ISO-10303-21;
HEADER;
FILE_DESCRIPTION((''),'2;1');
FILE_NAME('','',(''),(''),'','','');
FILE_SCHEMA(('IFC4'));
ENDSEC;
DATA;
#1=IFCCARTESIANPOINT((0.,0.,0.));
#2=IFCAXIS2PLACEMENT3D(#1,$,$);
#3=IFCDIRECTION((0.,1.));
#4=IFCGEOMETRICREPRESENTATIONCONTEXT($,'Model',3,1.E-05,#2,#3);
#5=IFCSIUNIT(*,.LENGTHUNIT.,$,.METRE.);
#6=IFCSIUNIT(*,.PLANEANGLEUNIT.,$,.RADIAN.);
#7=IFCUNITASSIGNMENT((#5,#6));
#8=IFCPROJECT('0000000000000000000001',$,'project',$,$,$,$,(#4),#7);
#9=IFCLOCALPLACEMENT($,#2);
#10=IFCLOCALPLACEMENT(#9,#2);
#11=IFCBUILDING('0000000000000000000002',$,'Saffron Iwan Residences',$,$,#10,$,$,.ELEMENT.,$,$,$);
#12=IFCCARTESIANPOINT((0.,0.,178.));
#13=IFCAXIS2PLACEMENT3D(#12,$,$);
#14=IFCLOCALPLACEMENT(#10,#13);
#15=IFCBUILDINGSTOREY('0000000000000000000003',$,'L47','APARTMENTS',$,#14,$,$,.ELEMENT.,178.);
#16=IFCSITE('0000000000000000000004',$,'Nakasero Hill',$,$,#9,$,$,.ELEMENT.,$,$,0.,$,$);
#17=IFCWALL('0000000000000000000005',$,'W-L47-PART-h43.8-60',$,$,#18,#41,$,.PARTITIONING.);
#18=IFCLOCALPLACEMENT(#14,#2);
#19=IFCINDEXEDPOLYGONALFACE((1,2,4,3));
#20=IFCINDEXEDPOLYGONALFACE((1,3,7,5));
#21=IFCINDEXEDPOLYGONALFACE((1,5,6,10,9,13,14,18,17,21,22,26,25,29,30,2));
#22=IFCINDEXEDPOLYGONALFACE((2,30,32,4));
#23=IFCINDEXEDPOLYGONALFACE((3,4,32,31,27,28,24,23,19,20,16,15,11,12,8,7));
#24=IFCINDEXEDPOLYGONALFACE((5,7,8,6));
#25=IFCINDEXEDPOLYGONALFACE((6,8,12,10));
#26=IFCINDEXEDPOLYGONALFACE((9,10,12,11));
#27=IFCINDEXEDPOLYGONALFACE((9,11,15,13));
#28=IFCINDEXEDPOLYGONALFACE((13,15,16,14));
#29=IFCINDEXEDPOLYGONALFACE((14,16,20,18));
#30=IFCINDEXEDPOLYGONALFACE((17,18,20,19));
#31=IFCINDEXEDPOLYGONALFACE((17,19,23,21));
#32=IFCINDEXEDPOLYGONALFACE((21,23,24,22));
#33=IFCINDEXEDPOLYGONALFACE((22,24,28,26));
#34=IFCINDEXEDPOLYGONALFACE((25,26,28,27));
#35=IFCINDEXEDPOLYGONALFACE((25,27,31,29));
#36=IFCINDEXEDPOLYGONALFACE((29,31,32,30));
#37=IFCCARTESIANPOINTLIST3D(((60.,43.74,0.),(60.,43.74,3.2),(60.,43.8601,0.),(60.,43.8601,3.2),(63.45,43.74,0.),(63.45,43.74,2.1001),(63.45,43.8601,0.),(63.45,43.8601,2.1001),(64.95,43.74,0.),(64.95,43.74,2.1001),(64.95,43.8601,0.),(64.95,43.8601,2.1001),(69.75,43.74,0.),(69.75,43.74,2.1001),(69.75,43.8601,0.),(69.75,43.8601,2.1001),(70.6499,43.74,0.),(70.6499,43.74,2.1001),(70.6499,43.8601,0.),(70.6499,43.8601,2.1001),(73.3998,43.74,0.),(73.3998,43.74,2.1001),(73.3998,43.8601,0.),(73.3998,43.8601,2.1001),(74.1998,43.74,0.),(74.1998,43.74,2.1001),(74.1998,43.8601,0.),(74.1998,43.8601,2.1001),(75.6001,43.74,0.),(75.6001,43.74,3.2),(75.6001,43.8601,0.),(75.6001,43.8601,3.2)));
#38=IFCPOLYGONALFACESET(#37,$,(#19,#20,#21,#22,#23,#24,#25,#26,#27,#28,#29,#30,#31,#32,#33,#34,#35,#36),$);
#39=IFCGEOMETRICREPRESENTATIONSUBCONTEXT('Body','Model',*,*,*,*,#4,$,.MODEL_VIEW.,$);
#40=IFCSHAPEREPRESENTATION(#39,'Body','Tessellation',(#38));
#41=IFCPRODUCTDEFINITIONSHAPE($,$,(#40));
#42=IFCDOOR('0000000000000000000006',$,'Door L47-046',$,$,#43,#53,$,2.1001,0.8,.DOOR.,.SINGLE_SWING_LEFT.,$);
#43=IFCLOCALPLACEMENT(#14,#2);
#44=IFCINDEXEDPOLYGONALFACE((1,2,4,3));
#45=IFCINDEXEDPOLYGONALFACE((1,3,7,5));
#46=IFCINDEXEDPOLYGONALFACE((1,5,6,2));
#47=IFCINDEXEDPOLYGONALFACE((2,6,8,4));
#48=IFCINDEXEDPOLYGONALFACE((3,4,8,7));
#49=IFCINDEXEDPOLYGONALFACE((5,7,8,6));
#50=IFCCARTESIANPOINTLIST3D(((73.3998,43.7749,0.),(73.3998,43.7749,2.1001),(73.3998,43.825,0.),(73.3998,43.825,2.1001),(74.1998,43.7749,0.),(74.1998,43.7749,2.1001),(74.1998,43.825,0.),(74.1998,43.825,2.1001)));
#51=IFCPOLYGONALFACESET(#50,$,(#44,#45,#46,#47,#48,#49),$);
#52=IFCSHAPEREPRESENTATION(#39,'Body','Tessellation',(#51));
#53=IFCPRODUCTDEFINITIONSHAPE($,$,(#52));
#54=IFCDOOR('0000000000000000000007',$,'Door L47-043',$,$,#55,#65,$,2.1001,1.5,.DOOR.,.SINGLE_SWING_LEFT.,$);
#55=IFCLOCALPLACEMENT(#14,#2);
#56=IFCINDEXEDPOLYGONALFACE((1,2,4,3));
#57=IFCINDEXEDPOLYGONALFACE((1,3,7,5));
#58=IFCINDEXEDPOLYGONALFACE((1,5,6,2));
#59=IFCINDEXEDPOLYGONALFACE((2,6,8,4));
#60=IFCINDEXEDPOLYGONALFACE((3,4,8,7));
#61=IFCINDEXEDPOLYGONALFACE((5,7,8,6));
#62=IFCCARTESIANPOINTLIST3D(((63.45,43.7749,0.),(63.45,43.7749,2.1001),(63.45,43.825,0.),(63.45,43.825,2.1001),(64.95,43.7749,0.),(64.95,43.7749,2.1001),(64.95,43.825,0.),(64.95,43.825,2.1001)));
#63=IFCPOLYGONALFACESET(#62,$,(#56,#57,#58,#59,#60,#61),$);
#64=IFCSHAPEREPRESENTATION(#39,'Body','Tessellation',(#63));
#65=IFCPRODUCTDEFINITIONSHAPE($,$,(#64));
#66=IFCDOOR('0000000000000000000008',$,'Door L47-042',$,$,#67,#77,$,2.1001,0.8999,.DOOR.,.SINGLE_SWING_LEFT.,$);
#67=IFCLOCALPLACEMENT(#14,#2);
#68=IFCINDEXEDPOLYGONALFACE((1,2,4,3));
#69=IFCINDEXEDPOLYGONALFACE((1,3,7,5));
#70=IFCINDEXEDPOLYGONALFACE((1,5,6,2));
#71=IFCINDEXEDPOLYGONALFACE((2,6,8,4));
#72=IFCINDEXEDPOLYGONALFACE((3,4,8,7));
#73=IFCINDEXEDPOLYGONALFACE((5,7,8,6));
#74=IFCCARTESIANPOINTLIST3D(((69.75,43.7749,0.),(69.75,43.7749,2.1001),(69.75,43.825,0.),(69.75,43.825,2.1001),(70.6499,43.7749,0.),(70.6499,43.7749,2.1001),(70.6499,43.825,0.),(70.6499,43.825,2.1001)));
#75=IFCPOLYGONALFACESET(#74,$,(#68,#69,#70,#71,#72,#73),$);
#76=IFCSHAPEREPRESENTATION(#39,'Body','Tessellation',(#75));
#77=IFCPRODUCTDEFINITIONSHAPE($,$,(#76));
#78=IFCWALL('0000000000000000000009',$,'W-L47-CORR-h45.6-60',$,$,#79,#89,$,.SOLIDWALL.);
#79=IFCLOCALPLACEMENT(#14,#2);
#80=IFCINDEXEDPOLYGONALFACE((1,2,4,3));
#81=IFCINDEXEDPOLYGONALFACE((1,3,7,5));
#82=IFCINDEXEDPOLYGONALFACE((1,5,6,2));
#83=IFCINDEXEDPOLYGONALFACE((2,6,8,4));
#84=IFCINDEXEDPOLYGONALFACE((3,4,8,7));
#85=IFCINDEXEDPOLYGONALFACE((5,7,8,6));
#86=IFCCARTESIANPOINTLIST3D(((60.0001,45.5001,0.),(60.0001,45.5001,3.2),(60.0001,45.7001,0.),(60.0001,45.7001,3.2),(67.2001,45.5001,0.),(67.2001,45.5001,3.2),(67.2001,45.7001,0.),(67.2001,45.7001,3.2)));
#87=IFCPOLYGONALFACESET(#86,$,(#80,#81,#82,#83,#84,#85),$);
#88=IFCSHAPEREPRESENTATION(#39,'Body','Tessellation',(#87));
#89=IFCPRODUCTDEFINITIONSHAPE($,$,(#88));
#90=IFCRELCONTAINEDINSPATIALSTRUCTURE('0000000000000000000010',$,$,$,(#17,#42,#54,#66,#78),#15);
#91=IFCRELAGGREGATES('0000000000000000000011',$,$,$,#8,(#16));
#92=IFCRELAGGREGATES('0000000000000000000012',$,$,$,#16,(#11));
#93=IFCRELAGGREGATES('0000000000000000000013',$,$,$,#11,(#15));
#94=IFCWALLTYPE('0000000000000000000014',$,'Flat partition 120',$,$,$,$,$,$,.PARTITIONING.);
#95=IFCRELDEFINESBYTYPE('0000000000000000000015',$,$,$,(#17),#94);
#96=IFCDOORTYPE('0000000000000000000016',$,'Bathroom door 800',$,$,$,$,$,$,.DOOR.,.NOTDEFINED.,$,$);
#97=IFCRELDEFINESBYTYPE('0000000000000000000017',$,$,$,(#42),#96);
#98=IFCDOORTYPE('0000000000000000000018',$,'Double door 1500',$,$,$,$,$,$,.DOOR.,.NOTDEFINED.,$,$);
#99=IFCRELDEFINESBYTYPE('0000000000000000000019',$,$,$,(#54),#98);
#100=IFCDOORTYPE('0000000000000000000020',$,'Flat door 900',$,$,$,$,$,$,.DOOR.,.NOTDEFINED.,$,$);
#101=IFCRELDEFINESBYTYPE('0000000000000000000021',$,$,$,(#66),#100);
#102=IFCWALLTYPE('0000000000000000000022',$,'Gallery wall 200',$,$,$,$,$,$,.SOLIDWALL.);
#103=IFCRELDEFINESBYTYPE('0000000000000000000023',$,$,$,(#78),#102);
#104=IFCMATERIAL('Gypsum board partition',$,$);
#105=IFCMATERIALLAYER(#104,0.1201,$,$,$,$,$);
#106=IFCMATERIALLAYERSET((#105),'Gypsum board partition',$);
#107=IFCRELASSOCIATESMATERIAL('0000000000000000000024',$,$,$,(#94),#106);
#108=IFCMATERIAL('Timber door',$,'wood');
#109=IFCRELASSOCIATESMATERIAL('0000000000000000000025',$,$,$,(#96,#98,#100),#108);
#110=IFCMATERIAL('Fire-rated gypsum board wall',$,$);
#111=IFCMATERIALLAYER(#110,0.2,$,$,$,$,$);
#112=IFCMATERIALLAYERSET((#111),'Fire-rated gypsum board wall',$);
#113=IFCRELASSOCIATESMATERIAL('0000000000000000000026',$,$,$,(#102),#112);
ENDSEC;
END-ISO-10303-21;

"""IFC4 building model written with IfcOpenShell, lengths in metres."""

from ifc_helpers import new_model, si_unit, direction, frame, frame_2d, origin, place, context, subcontext, project, spatial, rectangle, extrude, material, layer, layer_set, type_object, element, fill, save


model = new_model("IFC4")

# Units and contexts
model_context = context("Model", 3, precision=1e-05, world=origin(), true_north=direction((0.0, 1.0)))
body_context = subcontext(model_context, "Body", "Model", "MODEL_VIEW")
ifc_project = project(units=[si_unit("LENGTHUNIT", "METRE"), si_unit("PLANEANGLEUNIT", "RADIAN")], contexts=[model_context])

# Site, building, storey
site_placement = place(None, origin())
site = spatial("IfcSite", under=ifc_project, at=site_placement, Name="Nakasero Hill", CompositionType="ELEMENT", RefElevation=0.0)
building_placement = place(site_placement, origin())
building = spatial("IfcBuilding", under=site, at=building_placement, Name="Saffron Iwan Residences", CompositionType="ELEMENT")
storey_placement = place(building_placement, frame((0.0, 0.0, 178.0)))
storey = spatial("IfcBuildingStorey", under=building, at=storey_placement, Name="L47", Description="APARTMENTS", CompositionType="ELEMENT", Elevation=178.0)

# Wall, openings, doors
ifc_material_1 = material(Name="Gypsum board partition")
ifc_layer_1 = layer(ifc_material_1, 0.1201)
ifc_layer_set_1 = layer_set([ifc_layer_1], Name="Gypsum board partition")
wall_type_1 = type_object("IfcWallType", Name="Flat partition 120", PredefinedType="PARTITIONING", material=ifc_layer_set_1)
wall_1_placement = place(storey_placement, frame((60.0, 43.8, 0.0), z_axis=(0.0, 0.0, 1.0), x_axis=(1.0, 0.0, 0.0)))
wall_1 = element("IfcWall", 1, at=wall_1_placement, inside=storey, type_object=wall_type_1, Name="W-L47-PART-h43.8-60", PredefinedType="PARTITIONING", context=body_context, shape_type="SweptSolid", body=[
    extrude(rectangle(XDim=15.6001, YDim=0.1201, at=frame_2d((7.8, 0.0))), origin(), (0.0, 0.0, 1.0), 3.2),
])
opening_1_placement = place(wall_1_placement, frame((9.75, 0.0, 0.0)))
opening_1 = element("IfcOpeningElement", 2, at=opening_1_placement, cuts=wall_1, PredefinedType="OPENING", context=body_context, shape_type="SweptSolid", body=[
    extrude(rectangle(XDim=0.8999, YDim=2.1001, at=frame_2d((0.45, 1.05))), frame((0.0, 0.0701, 0.0), z_axis=(0.0, -1.0, 0.0), x_axis=(1.0, 0.0, 0.0)), (0.0, 0.0, 1.0), 0.1401),
])
opening_2_placement = place(wall_1_placement, frame((3.45, 0.0, 0.0)))
opening_2 = element("IfcOpeningElement", 3, at=opening_2_placement, cuts=wall_1, PredefinedType="OPENING", context=body_context, shape_type="SweptSolid", body=[
    extrude(rectangle(XDim=1.5, YDim=2.1001, at=frame_2d((0.75, 1.05))), frame((0.0, 0.0701, 0.0), z_axis=(0.0, -1.0, 0.0), x_axis=(1.0, 0.0, 0.0)), (0.0, 0.0, 1.0), 0.1401),
])
opening_3_placement = place(wall_1_placement, frame((13.3999, 0.0, 0.0)))
opening_3 = element("IfcOpeningElement", 4, at=opening_3_placement, cuts=wall_1, PredefinedType="OPENING", context=body_context, shape_type="SweptSolid", body=[
    extrude(rectangle(XDim=0.8, YDim=2.1001, at=frame_2d((0.3999, 1.05))), frame((0.0, 0.0701, 0.0), z_axis=(0.0, -1.0, 0.0), x_axis=(1.0, 0.0, 0.0)), (0.0, 0.0, 1.0), 0.1401),
])
ifc_material_2 = material(Name="Timber door", Category="wood")
door_type_1 = type_object("IfcDoorType", Name="Bathroom door 800", OperationType="NOTDEFINED", PredefinedType="DOOR", material=ifc_material_2)
door_1_placement = place(opening_3_placement, origin())
door_1 = element("IfcDoor", 5, at=door_1_placement, inside=storey, type_object=door_type_1, Name="Door L47-046", OperationType="SINGLE_SWING_LEFT", OverallHeight=2.1001, OverallWidth=0.8, PredefinedType="DOOR", context=body_context, shape_type="SweptSolid", body=[
    extrude(rectangle(XDim=0.8, YDim=2.1001, at=frame_2d((0.3999, 1.05))), frame((0.0, 0.0249, 0.0), z_axis=(0.0, -1.0, 0.0), x_axis=(1.0, 0.0, 0.0)), (0.0, 0.0, 1.0), 0.05),
])
fill(opening_3, door_1)
door_type_2 = type_object("IfcDoorType", Name="Double door 1500", OperationType="NOTDEFINED", PredefinedType="DOOR", material=ifc_material_2)
door_2_placement = place(opening_2_placement, origin())
door_2 = element("IfcDoor", 6, at=door_2_placement, inside=storey, type_object=door_type_2, Name="Door L47-043", OperationType="SINGLE_SWING_LEFT", OverallHeight=2.1001, OverallWidth=1.5, PredefinedType="DOOR", context=body_context, shape_type="SweptSolid", body=[
    extrude(rectangle(XDim=1.5, YDim=2.1001, at=frame_2d((0.75, 1.05))), frame((0.0, 0.0249, 0.0), z_axis=(0.0, -1.0, 0.0), x_axis=(1.0, 0.0, 0.0)), (0.0, 0.0, 1.0), 0.05),
])
fill(opening_2, door_2)
door_type_3 = type_object("IfcDoorType", Name="Flat door 900", OperationType="NOTDEFINED", PredefinedType="DOOR", material=ifc_material_2)
door_3_placement = place(opening_1_placement, origin())
door_3 = element("IfcDoor", 7, at=door_3_placement, inside=storey, type_object=door_type_3, Name="Door L47-042", OperationType="SINGLE_SWING_LEFT", OverallHeight=2.1001, OverallWidth=0.8999, PredefinedType="DOOR", context=body_context, shape_type="SweptSolid", body=[
    extrude(rectangle(XDim=0.8999, YDim=2.1001, at=frame_2d((0.45, 1.05))), frame((0.0, 0.0249, 0.0), z_axis=(0.0, -1.0, 0.0), x_axis=(1.0, 0.0, 0.0)), (0.0, 0.0, 1.0), 0.05),
])
fill(opening_1, door_3)

# Wall
ifc_material_3 = material(Name="Fire-rated gypsum board wall")
ifc_layer_2 = layer(ifc_material_3, 0.2)
ifc_layer_set_2 = layer_set([ifc_layer_2], Name="Fire-rated gypsum board wall")
wall_type_2 = type_object("IfcWallType", Name="Gallery wall 200", PredefinedType="SOLIDWALL", material=ifc_layer_set_2)
wall_2_placement = place(storey_placement, frame((60.0, 45.6001, 0.0), z_axis=(0.0, 0.0, 1.0), x_axis=(1.0, 0.0, 0.0)))
element("IfcWall", 8, at=wall_2_placement, inside=storey, type_object=wall_type_2, Name="W-L47-CORR-h45.6-60", PredefinedType="SOLIDWALL", context=body_context, shape_type="SweptSolid", body=[
    extrude(rectangle(XDim=7.2, YDim=0.2, at=frame_2d((3.6001, 0.0))), origin(), (0.0, 0.0, 1.0), 3.2),
])

save(model, "model.ifc")
